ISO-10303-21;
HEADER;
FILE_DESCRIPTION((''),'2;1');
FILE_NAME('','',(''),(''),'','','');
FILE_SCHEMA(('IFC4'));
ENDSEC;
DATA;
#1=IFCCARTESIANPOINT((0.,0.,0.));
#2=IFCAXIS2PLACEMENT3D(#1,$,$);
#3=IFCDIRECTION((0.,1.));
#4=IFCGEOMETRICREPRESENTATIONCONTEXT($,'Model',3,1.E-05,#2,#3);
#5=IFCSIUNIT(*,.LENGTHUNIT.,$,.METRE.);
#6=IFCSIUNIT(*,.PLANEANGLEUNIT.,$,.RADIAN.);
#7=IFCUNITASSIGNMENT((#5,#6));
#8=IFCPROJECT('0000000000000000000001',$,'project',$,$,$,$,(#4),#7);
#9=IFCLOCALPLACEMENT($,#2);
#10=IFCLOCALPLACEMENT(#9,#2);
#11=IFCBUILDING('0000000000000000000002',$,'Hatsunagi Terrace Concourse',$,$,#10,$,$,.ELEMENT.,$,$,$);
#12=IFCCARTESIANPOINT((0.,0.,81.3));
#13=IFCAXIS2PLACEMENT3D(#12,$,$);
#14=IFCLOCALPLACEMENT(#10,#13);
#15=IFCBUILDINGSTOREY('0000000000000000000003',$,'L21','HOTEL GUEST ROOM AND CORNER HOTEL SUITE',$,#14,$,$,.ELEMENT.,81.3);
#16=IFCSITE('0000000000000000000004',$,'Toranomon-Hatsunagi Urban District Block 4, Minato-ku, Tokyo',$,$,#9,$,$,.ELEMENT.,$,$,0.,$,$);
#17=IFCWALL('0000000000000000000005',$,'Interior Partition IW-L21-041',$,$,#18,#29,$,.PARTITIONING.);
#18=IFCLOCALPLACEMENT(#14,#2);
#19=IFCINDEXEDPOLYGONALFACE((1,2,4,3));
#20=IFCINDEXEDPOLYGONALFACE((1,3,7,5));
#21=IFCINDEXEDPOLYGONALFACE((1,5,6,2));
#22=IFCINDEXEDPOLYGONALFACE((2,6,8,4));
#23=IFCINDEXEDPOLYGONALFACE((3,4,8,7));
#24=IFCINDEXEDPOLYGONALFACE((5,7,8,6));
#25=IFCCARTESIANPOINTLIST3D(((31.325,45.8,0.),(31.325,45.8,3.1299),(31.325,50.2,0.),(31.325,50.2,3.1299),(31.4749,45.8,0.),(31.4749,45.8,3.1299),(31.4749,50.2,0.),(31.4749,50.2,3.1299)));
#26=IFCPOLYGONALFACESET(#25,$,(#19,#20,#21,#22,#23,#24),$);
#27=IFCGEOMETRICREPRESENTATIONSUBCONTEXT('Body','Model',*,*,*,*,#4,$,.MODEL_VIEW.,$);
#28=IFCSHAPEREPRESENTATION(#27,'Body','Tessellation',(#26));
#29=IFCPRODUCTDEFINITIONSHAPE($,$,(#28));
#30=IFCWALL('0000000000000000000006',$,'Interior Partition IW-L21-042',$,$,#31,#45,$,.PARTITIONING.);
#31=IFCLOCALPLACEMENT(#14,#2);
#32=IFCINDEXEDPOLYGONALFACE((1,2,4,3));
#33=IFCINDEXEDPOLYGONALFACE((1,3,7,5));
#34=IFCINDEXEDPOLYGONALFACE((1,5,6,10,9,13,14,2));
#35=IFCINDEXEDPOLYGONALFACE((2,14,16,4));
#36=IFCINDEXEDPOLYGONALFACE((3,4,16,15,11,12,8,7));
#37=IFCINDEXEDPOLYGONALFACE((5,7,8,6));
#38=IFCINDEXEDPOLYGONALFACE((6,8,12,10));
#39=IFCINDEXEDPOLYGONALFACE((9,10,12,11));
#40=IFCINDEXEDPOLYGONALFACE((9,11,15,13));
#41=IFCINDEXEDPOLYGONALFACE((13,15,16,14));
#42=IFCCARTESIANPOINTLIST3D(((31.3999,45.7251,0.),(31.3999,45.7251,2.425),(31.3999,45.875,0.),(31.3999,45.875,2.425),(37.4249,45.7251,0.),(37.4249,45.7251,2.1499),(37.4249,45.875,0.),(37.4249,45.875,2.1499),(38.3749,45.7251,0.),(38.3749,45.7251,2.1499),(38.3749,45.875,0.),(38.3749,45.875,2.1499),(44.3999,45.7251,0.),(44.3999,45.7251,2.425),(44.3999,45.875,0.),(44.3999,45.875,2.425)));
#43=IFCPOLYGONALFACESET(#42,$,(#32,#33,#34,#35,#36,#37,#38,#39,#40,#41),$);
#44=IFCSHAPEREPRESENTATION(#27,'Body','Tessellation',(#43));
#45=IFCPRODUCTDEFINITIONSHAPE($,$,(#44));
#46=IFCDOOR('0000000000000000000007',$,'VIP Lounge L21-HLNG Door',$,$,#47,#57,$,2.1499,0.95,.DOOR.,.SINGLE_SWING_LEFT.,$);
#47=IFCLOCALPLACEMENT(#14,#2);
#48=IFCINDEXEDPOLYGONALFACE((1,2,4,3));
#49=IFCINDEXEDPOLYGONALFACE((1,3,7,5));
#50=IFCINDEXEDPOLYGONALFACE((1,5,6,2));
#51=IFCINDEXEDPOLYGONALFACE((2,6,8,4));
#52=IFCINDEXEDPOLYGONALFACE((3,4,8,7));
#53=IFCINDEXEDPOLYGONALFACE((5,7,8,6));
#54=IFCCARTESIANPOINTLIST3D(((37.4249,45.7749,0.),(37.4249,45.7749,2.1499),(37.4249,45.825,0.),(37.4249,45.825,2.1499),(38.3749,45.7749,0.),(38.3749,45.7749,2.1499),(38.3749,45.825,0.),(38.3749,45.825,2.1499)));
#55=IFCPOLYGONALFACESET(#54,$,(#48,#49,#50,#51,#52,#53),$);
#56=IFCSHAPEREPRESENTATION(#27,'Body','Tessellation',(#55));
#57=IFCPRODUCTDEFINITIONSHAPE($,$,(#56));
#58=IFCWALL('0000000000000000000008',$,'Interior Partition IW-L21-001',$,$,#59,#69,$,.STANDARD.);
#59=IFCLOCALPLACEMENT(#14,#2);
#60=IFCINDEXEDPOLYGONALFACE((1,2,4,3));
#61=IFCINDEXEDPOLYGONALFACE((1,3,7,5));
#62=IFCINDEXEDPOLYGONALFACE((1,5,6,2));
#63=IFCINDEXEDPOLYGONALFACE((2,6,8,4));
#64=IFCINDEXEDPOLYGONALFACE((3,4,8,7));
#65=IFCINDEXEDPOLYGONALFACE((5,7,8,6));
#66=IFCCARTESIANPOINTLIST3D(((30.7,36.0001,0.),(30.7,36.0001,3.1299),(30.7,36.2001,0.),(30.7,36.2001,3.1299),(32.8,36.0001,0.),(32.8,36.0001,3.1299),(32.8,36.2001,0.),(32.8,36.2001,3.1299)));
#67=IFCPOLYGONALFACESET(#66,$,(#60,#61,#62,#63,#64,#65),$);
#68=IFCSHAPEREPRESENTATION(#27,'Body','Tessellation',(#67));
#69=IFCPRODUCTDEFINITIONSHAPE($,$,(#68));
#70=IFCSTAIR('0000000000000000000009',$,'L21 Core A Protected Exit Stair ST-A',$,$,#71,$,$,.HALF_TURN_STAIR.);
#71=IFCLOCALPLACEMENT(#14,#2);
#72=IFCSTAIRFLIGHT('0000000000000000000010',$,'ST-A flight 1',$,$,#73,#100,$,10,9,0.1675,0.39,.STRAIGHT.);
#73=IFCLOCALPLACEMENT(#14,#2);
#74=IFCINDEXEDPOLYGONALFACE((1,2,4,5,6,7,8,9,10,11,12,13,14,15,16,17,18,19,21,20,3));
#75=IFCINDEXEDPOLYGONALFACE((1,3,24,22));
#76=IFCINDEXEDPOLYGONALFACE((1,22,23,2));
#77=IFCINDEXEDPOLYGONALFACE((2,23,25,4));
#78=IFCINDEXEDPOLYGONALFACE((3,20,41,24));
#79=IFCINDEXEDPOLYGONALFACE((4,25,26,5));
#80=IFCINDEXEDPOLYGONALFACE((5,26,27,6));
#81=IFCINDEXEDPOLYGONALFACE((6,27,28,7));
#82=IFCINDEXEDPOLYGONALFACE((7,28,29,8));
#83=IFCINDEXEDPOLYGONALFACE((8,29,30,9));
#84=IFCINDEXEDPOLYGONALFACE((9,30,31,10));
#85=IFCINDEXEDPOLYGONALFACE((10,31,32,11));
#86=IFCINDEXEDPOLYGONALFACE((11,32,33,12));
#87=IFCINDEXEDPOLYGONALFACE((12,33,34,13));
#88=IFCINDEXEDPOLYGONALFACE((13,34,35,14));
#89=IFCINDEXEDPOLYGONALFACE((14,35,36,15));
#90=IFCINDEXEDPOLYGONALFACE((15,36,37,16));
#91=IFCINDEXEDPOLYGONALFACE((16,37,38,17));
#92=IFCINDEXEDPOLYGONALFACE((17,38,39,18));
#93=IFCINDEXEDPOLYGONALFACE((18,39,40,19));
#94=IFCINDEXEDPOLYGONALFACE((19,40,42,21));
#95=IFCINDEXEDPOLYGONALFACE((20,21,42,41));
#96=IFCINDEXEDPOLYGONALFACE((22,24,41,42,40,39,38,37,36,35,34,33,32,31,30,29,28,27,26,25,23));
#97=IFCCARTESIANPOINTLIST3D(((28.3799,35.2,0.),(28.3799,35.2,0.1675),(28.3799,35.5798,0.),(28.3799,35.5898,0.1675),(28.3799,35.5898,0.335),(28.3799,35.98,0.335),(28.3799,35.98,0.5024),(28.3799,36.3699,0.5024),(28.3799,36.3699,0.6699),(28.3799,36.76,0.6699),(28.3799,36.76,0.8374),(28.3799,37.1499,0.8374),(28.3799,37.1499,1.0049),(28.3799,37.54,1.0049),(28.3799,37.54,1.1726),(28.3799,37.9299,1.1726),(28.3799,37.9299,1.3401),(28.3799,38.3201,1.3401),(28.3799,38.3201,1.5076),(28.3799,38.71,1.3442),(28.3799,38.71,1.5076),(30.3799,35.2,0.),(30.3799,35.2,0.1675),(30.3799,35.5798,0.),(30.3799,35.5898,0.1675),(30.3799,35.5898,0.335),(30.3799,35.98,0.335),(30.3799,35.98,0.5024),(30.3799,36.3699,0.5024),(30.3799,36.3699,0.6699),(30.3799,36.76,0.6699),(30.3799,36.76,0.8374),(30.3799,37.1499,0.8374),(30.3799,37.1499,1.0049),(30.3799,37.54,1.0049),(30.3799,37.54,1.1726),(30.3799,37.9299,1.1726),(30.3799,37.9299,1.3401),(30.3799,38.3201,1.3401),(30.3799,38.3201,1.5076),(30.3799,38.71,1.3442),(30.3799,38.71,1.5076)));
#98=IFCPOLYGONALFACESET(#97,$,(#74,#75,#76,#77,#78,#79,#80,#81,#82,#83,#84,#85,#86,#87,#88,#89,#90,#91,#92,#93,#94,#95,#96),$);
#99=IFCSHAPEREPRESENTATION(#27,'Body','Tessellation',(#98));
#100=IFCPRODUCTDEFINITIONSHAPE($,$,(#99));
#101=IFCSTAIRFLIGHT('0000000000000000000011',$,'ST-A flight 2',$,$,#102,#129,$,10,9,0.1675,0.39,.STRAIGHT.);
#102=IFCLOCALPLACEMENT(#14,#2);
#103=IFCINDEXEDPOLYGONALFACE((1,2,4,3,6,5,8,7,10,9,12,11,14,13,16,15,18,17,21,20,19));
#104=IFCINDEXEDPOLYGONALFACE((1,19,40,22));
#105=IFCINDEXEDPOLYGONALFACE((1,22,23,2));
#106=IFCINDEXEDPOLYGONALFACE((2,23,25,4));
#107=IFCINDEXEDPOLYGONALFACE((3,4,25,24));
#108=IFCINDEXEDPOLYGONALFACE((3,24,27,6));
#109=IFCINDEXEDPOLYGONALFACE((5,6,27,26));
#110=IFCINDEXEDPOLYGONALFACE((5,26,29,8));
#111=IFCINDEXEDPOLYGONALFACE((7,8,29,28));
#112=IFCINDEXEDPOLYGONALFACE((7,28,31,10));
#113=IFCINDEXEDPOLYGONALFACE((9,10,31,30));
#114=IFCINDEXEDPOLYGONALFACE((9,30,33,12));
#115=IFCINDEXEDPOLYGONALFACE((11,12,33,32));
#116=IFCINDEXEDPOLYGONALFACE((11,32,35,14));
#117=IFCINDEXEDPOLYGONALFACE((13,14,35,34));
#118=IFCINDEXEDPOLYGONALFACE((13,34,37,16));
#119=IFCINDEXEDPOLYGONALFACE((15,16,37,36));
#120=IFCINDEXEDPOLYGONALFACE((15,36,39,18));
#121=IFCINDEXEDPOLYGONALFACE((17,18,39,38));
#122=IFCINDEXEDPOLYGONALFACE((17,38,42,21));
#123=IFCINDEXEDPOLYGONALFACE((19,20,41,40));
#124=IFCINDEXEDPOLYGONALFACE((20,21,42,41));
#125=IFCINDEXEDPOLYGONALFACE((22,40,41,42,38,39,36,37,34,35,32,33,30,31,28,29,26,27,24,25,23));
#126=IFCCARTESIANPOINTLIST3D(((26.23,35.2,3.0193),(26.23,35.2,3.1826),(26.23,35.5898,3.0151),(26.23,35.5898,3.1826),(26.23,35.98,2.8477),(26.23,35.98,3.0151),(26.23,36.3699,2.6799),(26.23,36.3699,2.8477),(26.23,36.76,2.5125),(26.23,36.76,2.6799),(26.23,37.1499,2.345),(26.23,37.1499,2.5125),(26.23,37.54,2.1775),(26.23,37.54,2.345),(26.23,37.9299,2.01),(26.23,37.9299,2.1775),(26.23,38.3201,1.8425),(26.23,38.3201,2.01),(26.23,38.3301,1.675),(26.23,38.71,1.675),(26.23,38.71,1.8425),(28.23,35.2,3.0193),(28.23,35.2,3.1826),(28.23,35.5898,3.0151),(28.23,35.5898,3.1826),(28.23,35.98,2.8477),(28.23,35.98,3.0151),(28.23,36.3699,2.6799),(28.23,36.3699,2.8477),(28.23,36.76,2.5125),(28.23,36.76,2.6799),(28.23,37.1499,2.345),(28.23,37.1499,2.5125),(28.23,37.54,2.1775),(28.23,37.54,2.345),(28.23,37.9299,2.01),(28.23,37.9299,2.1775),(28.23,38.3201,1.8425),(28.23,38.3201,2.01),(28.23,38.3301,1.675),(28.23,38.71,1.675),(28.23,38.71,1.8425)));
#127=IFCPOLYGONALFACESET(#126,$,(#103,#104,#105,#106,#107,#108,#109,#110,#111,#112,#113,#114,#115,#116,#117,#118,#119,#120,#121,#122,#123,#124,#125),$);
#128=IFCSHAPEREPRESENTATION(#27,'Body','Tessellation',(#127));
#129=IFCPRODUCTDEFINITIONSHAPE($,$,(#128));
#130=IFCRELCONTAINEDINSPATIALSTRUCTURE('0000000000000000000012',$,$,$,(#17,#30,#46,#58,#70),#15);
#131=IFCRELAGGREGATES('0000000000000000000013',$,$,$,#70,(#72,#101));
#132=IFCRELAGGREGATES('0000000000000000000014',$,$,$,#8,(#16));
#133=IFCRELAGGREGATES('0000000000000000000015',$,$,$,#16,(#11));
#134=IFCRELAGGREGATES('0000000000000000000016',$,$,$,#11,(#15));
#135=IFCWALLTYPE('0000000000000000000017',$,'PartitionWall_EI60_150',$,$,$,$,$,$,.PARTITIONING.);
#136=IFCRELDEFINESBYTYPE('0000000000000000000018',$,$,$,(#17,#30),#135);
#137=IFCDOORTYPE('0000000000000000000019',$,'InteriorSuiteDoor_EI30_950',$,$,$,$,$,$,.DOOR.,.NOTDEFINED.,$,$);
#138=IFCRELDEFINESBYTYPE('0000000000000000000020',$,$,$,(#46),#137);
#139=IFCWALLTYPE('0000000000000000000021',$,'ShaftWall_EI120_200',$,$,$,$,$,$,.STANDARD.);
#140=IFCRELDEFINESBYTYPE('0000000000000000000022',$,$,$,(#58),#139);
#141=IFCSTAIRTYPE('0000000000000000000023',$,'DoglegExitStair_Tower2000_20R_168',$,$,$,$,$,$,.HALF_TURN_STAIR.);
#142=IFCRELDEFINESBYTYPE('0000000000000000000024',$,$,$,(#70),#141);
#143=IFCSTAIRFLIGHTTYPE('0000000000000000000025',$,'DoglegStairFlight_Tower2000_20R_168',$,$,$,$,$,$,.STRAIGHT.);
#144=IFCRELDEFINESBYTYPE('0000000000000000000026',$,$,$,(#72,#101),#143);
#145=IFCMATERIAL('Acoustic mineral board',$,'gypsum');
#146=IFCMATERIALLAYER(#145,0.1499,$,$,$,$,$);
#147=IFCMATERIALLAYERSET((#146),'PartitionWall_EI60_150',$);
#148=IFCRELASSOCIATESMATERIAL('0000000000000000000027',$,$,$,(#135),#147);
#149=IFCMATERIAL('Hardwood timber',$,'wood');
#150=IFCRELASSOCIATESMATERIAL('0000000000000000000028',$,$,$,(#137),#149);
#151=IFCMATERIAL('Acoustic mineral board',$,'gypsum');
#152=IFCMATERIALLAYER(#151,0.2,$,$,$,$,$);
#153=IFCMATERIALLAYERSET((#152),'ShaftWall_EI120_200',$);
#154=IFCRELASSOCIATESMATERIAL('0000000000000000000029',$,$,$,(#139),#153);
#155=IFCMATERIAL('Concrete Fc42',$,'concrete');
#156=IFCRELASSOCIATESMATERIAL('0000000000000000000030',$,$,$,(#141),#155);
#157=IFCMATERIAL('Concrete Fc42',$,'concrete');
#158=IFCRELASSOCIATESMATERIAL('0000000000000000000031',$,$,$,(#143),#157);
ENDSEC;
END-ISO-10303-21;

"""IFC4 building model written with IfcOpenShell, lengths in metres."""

from ifc_helpers import new_model, si_unit, direction, frame, frame_2d, origin, place, context, subcontext, project, spatial, polyline, rectangle, outline, extrude, material, layer, layer_set, type_object, element, fill, aggregate, save


model = new_model("IFC4")

# Units and contexts
model_context = context("Model", 3, precision=1e-05, world=origin(), true_north=direction((0.0, 1.0)))
body_context = subcontext(model_context, "Body", "Model", "MODEL_VIEW")
ifc_project = project(units=[si_unit("LENGTHUNIT", "METRE"), si_unit("PLANEANGLEUNIT", "RADIAN")], contexts=[model_context])

# Site, building, storey
site_placement = place(None, origin())
site = spatial("IfcSite", under=ifc_project, at=site_placement, Name="Toranomon-Hatsunagi Urban District Block 4, Minato-ku, Tokyo", CompositionType="ELEMENT", RefElevation=0.0)
building_placement = place(site_placement, origin())
building = spatial("IfcBuilding", under=site, at=building_placement, Name="Hatsunagi Terrace Concourse", CompositionType="ELEMENT")
storey_placement = place(building_placement, frame((0.0, 0.0, 81.3)))
storey = spatial("IfcBuildingStorey", under=building, at=storey_placement, Name="L21", Description="HOTEL GUEST ROOM AND CORNER HOTEL SUITE", CompositionType="ELEMENT", Elevation=81.3)

# Wall
ifc_material_1 = material(Name="Acoustic mineral board", Category="gypsum")
ifc_layer_1 = layer(ifc_material_1, 0.1499)
ifc_layer_set_1 = layer_set([ifc_layer_1], Name="PartitionWall_EI60_150")
wall_type_1 = type_object("IfcWallType", Name="PartitionWall_EI60_150", PredefinedType="PARTITIONING", material=ifc_layer_set_1)
wall_1_placement = place(storey_placement, frame((31.3999, 45.8, 0.0), z_axis=(0.0, 0.0, 1.0), x_axis=(0.0, 1.0, 0.0)))
element("IfcWall", 1, at=wall_1_placement, inside=storey, type_object=wall_type_1, Name="Interior Partition IW-L21-041", PredefinedType="PARTITIONING", context=body_context, shape_type="SweptSolid", body=[
    extrude(rectangle(XDim=4.3999, YDim=0.1499, at=frame_2d((2.2, 0.0))), origin(), (0.0, 0.0, 1.0), 3.1299),
])

# Wall, opening, door
wall_2_placement = place(storey_placement, frame((31.3999, 45.8, 0.0), z_axis=(0.0, 0.0, 1.0), x_axis=(1.0, 0.0, 0.0)))
wall_2 = element("IfcWall", 2, at=wall_2_placement, inside=storey, type_object=wall_type_1, Name="Interior Partition IW-L21-042", PredefinedType="PARTITIONING", context=body_context, shape_type="SweptSolid", body=[
    extrude(rectangle(XDim=13.0, YDim=0.1499, at=frame_2d((6.5, 0.0))), origin(), (0.0, 0.0, 1.0), 2.425),
])
opening_placement = place(wall_2_placement, frame((6.0249, 0.0, 0.0)))
opening = element("IfcOpeningElement", 3, at=opening_placement, cuts=wall_2, PredefinedType="OPENING", context=body_context, shape_type="SweptSolid", body=[
    extrude(rectangle(XDim=0.95, YDim=2.1499, at=frame_2d((0.4751, 1.075))), frame((0.0, 0.085, 0.0), z_axis=(0.0, -1.0, 0.0), x_axis=(1.0, 0.0, 0.0)), (0.0, 0.0, 1.0), 0.1699),
])
ifc_material_2 = material(Name="Hardwood timber", Category="wood")
door_type = type_object("IfcDoorType", Name="InteriorSuiteDoor_EI30_950", OperationType="NOTDEFINED", PredefinedType="DOOR", material=ifc_material_2)
door_placement = place(opening_placement, origin())
door = element("IfcDoor", 4, at=door_placement, inside=storey, type_object=door_type, Name="VIP Lounge L21-HLNG Door", OperationType="SINGLE_SWING_LEFT", OverallHeight=2.1499, OverallWidth=0.95, PredefinedType="DOOR", context=body_context, shape_type="SweptSolid", body=[
    extrude(rectangle(XDim=0.95, YDim=2.1499, at=frame_2d((0.4751, 1.075))), frame((0.0, 0.0249, 0.0), z_axis=(0.0, -1.0, 0.0), x_axis=(1.0, 0.0, 0.0)), (0.0, 0.0, 1.0), 0.05),
])
fill(opening, door)

# Wall
ifc_material_3 = material(Name="Acoustic mineral board", Category="gypsum")
ifc_layer_2 = layer(ifc_material_3, 0.2)
ifc_layer_set_2 = layer_set([ifc_layer_2], Name="ShaftWall_EI120_200")
wall_type_2 = type_object("IfcWallType", Name="ShaftWall_EI120_200", PredefinedType="STANDARD", material=ifc_layer_set_2)
wall_3_placement = place(storey_placement, frame((30.7, 36.1001, 0.0), z_axis=(0.0, 0.0, 1.0), x_axis=(1.0, 0.0, 0.0)))
element("IfcWall", 5, at=wall_3_placement, inside=storey, type_object=wall_type_2, Name="Interior Partition IW-L21-001", PredefinedType="STANDARD", context=body_context, shape_type="SweptSolid", body=[
    extrude(rectangle(XDim=2.1001, YDim=0.2, at=frame_2d((1.05, 0.0))), origin(), (0.0, 0.0, 1.0), 3.1299),
])

# Stair, stair flights
ifc_material_4 = material(Name="Concrete Fc42", Category="concrete")
stair_type = type_object("IfcStairType", Name="DoglegExitStair_Tower2000_20R_168", PredefinedType="HALF_TURN_STAIR", material=ifc_material_4)
stair_placement = place(storey_placement, origin())
stair = element("IfcStair", 6, at=stair_placement, inside=storey, type_object=stair_type, Name="L21 Core A Protected Exit Stair ST-A", PredefinedType="HALF_TURN_STAIR")
ifc_material_5 = material(Name="Concrete Fc42", Category="concrete")
stair_flight_type = type_object("IfcStairFlightType", Name="DoglegStairFlight_Tower2000_20R_168", PredefinedType="STRAIGHT", material=ifc_material_5)
stair_flight_1_placement = place(storey_placement, frame((29.3799, 35.2, 0.0), z_axis=(0.0, 0.0, 1.0), x_axis=(0.0, 1.0, 0.0)))
stair_flight_1 = element("IfcStairFlight", 7, at=stair_flight_1_placement, type_object=stair_flight_type, Name="ST-A flight 1", NumberOfRisers=10, NumberOfTreads=9, PredefinedType="STRAIGHT", RiserHeight=0.1675, TreadLength=0.39, context=body_context, shape_type="SweptSolid", body=[
    extrude(outline(polyline([(0.0, 0.0), (0.0, 0.1675), (0.3899, 0.1675), (0.3899, 0.335), (0.78, 0.335), (0.78, 0.5024), (1.1699, 0.5024), (1.1699, 0.6699), (1.5601, 0.6699), (1.5601, 0.8374), (1.95, 0.8374), (1.95, 1.0049), (2.3401, 1.0049), (2.3401, 1.1726), (2.73, 1.1726), (2.73, 1.3401), (3.1201, 1.3401), (3.1201, 1.5076), (3.51, 1.5076), (3.51, 1.675), (3.51, 1.3442), (0.3799, 0.0), (0.0, 0.0)])), frame((0.0, 1.0, 0.0), z_axis=(0.0, -1.0, 0.0), x_axis=(1.0, 0.0, 0.0)), (0.0, 0.0, 1.0), 2.0),
])
stair_flight_2_placement = place(storey_placement, frame((27.23, 38.71, 1.675), z_axis=(0.0, 0.0, 1.0), x_axis=(0.0, -1.0, 0.0)))
stair_flight_2 = element("IfcStairFlight", 8, at=stair_flight_2_placement, type_object=stair_flight_type, Name="ST-A flight 2", NumberOfRisers=10, NumberOfTreads=9, PredefinedType="STRAIGHT", RiserHeight=0.1675, TreadLength=0.39, context=body_context, shape_type="SweptSolid", body=[
    extrude(outline(polyline([(0.0, 0.0), (0.0, 0.1675), (0.3899, 0.1675), (0.3899, 0.335), (0.78, 0.335), (0.78, 0.5024), (1.1699, 0.5024), (1.1699, 0.6699), (1.5601, 0.6699), (1.5601, 0.8374), (1.95, 0.8374), (1.95, 1.0049), (2.3401, 1.0049), (2.3401, 1.1726), (2.73, 1.1726), (2.73, 1.3401), (3.1201, 1.3401), (3.1201, 1.5076), (3.51, 1.5076), (3.51, 1.675), (3.51, 1.3442), (0.3799, 0.0), (0.0, 0.0)])), frame((0.0, 1.0, 0.0), z_axis=(0.0, -1.0, 0.0), x_axis=(1.0, 0.0, 0.0)), (0.0, 0.0, 1.0), 2.0),
])
aggregate(stair, [stair_flight_1, stair_flight_2])

save(model, "model.ifc")
